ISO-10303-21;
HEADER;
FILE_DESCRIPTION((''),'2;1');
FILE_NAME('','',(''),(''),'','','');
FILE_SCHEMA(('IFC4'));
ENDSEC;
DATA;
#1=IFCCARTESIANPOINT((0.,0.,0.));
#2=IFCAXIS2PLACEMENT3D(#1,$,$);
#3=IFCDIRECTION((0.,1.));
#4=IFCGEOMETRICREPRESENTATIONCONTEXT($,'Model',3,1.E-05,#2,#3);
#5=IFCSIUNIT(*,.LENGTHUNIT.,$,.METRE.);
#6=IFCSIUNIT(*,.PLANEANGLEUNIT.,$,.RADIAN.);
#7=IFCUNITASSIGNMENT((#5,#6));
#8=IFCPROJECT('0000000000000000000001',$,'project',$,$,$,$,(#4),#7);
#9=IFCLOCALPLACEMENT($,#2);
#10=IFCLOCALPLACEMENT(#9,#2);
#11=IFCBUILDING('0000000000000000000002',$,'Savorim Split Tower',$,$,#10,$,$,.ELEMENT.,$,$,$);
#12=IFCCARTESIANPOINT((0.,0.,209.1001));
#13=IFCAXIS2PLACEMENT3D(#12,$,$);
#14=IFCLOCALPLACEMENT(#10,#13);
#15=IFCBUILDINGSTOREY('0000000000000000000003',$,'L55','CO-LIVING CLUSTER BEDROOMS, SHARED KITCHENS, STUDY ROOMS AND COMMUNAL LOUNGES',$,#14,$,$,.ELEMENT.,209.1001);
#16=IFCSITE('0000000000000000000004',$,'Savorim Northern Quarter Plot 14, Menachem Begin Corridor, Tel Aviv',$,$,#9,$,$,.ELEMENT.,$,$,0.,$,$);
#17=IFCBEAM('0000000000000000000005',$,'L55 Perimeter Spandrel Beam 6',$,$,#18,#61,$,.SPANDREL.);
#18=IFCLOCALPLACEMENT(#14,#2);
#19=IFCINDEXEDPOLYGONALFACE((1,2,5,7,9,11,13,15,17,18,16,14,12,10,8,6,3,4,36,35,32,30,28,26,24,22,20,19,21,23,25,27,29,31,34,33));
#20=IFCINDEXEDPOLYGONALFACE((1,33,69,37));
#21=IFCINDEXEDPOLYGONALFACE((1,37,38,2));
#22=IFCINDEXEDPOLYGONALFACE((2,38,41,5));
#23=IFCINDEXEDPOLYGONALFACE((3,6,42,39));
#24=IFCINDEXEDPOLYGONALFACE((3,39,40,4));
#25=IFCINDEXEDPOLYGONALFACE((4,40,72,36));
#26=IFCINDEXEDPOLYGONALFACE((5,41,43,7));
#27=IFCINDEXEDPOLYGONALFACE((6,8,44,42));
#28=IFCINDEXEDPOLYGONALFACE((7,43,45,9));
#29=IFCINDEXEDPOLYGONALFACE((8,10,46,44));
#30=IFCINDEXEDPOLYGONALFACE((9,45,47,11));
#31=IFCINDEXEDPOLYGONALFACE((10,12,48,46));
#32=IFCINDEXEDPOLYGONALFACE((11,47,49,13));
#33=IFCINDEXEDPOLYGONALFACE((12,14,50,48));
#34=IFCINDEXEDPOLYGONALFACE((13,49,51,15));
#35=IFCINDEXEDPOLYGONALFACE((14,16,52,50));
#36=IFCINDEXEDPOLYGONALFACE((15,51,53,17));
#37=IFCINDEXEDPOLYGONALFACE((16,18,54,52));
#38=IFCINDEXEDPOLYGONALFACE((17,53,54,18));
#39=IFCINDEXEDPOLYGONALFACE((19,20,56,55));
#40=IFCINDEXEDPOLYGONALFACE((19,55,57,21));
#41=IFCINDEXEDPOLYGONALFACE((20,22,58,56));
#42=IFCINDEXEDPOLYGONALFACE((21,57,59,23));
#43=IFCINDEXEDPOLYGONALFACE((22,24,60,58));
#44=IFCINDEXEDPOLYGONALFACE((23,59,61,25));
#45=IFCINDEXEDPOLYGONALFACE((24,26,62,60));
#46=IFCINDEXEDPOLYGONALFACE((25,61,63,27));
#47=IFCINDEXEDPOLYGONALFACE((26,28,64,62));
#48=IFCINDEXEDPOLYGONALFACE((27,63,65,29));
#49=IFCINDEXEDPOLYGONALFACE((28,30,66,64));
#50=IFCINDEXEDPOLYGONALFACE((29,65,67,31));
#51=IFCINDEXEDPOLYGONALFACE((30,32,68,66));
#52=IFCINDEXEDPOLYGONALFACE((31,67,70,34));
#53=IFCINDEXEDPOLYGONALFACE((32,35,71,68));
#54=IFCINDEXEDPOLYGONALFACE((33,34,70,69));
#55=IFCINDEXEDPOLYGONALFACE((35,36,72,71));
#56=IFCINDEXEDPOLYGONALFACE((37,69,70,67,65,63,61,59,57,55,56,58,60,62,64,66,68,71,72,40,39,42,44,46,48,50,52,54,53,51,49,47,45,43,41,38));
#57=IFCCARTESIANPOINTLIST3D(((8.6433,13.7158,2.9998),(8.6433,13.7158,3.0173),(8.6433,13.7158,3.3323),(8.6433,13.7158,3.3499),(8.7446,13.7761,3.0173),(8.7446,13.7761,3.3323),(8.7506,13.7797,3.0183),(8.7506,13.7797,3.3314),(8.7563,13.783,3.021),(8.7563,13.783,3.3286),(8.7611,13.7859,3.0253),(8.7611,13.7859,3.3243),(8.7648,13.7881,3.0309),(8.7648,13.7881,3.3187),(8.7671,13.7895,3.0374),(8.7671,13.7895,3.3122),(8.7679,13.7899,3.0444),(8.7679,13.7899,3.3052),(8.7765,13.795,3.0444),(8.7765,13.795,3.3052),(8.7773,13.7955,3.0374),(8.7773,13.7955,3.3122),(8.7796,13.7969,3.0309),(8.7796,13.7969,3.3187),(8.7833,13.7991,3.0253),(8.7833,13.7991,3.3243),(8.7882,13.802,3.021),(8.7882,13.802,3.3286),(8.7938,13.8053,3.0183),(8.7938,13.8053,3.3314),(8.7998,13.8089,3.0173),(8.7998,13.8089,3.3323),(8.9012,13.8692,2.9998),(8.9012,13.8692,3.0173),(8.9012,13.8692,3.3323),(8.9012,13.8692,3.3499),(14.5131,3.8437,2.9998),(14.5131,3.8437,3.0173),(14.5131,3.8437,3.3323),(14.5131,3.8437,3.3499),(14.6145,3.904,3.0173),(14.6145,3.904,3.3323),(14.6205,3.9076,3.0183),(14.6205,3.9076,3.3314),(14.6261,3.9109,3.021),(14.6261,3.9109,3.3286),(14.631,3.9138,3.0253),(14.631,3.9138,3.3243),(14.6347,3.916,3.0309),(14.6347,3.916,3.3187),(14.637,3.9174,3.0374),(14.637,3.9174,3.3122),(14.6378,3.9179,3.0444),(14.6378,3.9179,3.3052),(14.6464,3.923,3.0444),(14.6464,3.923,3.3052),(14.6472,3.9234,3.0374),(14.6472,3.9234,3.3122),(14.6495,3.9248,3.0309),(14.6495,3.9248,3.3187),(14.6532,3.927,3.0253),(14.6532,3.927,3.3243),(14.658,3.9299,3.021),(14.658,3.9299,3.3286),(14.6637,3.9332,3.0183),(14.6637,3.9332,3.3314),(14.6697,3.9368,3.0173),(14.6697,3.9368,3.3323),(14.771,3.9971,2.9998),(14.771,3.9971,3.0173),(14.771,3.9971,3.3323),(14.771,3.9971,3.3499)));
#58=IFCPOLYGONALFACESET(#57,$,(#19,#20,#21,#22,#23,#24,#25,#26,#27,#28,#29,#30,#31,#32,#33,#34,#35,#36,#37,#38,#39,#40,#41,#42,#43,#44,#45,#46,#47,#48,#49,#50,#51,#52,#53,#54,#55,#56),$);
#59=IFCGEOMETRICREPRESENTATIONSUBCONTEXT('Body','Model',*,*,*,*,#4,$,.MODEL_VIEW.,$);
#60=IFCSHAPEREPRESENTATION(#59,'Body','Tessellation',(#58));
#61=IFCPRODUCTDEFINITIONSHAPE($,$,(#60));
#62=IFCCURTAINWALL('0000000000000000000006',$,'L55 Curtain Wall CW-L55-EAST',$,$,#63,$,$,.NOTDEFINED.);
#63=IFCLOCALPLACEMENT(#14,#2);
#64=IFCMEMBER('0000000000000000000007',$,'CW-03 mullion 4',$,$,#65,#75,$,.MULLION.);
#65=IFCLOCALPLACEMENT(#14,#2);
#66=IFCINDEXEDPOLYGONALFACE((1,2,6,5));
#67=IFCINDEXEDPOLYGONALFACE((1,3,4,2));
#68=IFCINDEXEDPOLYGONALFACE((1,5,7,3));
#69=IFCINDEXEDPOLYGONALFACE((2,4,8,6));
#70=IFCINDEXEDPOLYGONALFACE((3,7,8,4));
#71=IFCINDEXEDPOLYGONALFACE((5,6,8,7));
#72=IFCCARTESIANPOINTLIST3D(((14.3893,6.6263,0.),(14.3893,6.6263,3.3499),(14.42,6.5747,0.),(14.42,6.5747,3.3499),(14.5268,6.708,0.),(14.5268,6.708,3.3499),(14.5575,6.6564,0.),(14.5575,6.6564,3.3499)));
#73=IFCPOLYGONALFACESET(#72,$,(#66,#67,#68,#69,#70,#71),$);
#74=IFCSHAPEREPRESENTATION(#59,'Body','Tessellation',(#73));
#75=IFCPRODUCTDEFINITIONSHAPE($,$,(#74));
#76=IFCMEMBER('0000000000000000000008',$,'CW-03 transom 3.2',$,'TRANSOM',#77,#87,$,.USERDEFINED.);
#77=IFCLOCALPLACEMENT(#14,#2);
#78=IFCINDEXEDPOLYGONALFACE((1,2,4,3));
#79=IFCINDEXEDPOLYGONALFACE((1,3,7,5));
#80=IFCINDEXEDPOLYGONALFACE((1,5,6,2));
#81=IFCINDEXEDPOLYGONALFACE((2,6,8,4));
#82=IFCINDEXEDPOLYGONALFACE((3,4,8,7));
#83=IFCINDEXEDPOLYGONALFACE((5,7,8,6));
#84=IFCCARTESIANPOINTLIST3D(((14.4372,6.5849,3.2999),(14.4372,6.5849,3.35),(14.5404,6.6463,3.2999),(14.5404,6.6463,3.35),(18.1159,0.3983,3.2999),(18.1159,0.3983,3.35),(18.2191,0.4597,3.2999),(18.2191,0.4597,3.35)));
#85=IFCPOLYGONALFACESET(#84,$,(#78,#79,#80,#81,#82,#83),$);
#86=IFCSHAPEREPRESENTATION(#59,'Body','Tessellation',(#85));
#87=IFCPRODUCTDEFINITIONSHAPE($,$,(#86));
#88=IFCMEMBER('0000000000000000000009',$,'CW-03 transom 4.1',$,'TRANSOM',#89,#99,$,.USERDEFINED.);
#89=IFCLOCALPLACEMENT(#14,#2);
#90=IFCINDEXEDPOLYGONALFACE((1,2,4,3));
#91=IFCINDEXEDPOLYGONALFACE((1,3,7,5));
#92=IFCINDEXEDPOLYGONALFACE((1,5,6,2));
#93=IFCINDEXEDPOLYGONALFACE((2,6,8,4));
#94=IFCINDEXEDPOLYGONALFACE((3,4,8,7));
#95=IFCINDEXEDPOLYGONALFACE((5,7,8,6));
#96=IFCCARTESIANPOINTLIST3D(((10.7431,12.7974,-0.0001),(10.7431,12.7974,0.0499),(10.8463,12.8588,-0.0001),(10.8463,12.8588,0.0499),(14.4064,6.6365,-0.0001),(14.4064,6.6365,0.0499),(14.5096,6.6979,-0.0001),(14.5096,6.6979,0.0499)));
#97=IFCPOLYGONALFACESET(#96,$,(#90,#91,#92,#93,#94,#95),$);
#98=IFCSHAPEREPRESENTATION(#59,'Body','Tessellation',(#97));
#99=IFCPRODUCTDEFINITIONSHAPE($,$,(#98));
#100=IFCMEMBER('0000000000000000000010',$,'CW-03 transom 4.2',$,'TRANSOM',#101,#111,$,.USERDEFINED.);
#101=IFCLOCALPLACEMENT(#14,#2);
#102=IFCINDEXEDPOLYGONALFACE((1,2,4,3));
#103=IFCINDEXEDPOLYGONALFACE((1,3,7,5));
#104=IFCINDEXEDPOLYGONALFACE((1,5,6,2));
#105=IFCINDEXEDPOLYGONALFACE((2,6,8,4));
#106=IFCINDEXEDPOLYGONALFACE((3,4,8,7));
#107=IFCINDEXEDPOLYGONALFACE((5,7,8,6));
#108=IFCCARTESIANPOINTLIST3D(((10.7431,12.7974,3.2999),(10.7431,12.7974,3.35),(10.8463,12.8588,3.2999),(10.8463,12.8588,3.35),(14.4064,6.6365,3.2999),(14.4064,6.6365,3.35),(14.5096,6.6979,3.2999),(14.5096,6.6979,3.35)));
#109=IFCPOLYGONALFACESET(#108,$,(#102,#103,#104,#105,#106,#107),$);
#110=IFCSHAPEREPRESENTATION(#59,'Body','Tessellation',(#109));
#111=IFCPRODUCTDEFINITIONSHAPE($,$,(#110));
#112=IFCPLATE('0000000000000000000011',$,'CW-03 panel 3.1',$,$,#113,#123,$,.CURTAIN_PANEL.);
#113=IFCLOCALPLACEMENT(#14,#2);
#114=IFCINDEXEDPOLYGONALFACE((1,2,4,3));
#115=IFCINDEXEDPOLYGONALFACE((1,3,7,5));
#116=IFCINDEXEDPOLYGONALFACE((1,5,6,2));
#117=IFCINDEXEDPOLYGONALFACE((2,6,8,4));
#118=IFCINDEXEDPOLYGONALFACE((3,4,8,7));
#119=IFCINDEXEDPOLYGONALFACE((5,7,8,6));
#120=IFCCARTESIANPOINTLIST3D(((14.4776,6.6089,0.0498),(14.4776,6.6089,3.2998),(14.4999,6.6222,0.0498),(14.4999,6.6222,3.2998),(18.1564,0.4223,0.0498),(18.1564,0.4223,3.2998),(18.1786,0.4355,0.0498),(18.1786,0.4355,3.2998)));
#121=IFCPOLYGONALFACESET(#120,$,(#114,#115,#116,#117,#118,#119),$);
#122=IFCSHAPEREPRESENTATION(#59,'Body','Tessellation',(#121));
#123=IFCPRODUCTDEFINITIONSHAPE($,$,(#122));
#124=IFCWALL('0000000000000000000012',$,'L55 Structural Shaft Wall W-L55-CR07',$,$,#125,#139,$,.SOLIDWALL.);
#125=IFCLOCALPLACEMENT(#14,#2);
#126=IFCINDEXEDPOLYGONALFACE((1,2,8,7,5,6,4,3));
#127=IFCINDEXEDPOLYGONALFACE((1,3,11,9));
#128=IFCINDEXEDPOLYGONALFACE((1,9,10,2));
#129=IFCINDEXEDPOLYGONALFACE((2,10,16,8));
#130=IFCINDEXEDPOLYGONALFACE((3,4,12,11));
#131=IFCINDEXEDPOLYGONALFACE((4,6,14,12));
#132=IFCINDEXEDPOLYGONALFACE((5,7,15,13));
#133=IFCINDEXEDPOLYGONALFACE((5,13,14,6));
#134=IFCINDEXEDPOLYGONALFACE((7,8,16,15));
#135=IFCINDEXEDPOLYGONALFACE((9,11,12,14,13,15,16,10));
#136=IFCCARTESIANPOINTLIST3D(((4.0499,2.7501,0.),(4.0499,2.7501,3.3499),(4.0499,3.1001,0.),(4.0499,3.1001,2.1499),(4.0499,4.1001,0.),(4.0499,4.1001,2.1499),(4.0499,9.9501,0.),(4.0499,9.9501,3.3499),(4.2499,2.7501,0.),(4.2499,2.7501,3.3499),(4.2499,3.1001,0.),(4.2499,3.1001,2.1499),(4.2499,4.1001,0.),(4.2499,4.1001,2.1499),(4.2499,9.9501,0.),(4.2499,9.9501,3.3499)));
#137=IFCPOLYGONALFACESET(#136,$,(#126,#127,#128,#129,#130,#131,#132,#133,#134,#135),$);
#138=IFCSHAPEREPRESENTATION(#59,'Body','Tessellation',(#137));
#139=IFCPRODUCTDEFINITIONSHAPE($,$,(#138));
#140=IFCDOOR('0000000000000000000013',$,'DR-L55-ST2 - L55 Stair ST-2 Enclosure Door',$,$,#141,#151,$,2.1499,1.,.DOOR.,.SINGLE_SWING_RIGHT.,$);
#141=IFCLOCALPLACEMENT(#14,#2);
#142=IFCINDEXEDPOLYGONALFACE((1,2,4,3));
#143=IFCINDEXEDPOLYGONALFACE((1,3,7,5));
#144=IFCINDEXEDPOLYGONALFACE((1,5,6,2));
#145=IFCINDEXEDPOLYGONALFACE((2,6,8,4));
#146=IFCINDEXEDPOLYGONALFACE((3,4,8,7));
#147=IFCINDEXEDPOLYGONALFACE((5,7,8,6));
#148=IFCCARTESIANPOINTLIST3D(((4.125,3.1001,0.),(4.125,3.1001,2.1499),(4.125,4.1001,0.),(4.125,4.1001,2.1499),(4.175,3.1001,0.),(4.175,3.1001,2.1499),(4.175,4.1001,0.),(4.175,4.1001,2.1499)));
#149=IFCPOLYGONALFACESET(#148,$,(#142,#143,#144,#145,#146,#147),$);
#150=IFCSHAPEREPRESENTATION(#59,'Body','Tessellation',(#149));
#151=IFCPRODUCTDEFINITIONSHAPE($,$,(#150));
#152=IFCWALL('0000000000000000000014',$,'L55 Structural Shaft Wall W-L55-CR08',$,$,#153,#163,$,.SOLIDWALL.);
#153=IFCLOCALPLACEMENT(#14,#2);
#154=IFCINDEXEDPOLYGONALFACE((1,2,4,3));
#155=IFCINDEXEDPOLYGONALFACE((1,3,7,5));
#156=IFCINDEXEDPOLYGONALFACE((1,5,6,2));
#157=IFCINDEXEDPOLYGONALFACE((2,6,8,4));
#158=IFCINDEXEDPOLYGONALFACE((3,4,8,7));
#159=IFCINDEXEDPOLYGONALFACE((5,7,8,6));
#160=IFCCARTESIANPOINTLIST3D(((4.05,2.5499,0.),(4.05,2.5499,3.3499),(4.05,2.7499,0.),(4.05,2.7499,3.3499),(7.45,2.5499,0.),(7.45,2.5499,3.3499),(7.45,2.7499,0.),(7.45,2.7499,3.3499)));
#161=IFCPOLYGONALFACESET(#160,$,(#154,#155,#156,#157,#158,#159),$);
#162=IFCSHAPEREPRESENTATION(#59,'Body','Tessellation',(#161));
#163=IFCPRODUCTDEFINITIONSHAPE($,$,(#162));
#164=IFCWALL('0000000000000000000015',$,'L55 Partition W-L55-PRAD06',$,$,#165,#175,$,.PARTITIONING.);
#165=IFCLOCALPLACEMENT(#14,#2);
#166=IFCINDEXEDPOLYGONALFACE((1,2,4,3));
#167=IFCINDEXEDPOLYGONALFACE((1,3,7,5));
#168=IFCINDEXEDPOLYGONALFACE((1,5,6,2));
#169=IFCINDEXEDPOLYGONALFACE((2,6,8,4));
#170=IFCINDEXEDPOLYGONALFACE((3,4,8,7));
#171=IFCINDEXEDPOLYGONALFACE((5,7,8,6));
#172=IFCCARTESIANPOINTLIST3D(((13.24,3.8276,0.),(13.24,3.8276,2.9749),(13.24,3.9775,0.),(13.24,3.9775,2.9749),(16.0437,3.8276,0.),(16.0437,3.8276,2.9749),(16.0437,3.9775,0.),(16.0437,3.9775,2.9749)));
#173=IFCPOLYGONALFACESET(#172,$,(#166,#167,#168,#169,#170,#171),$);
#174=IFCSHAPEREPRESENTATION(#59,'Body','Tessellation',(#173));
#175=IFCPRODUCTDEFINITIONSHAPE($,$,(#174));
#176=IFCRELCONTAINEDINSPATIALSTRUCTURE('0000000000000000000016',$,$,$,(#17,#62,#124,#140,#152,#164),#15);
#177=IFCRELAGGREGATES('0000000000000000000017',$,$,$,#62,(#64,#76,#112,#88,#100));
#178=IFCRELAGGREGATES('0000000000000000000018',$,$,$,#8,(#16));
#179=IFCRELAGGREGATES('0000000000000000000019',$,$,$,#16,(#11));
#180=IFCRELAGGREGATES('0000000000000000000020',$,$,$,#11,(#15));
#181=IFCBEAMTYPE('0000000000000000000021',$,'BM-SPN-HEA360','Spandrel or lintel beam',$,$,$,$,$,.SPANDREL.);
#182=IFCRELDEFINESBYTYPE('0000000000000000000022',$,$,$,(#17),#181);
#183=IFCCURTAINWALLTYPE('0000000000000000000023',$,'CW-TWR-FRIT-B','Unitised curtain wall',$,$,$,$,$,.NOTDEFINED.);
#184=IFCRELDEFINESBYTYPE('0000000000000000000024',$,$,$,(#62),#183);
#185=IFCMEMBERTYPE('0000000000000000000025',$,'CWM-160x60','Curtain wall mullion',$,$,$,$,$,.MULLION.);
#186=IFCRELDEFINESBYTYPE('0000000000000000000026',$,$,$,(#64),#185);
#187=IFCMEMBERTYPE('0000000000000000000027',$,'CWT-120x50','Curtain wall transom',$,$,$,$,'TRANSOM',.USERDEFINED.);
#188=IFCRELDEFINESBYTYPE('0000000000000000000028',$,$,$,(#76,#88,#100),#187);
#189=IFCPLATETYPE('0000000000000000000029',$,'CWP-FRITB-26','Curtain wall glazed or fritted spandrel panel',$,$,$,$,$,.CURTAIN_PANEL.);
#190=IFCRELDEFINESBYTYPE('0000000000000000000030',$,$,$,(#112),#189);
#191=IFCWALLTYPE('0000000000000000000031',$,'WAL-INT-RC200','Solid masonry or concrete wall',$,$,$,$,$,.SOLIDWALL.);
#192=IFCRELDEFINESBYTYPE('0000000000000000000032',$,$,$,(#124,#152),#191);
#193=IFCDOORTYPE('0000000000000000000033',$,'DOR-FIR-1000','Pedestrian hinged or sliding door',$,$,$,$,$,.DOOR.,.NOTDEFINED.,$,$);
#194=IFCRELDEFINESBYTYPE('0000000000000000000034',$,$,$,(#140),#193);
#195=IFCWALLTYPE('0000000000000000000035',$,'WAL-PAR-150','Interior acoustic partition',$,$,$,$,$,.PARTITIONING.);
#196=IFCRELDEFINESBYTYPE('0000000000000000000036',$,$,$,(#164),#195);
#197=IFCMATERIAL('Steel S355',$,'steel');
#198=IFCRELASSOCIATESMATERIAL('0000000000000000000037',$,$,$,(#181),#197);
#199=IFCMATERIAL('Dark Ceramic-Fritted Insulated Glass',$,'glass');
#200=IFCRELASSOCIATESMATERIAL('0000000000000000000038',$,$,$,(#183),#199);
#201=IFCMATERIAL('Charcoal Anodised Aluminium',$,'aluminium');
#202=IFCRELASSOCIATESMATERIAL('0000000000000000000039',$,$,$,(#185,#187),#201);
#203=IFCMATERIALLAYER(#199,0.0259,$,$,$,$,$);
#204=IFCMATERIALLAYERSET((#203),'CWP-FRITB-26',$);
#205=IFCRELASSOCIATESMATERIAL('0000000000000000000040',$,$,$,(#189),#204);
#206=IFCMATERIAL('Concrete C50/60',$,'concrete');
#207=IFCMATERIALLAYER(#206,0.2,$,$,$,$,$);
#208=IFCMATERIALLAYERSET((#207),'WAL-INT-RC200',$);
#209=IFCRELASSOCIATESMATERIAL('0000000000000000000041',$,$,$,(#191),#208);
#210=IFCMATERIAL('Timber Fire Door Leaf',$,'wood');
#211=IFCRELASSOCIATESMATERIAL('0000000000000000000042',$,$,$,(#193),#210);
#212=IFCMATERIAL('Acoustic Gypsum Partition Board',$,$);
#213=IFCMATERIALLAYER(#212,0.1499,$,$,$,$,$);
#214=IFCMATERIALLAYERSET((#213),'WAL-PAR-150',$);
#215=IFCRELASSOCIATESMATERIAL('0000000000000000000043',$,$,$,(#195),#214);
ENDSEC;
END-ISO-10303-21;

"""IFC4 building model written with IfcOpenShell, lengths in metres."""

from ifc_helpers import new_model, si_unit, direction, frame, frame_2d, origin, origin_2d, place, context, subcontext, project, spatial, rectangle, i_section, extrude, material, layer, layer_set, material_profile, profile_set, type_object, element, fill, aggregate, save


model = new_model("IFC4")

# Units and contexts
model_context = context("Model", 3, precision=1e-05, world=origin(), true_north=direction((0.0, 1.0)))
body_context = subcontext(model_context, "Body", "Model", "MODEL_VIEW")
ifc_project = project(units=[si_unit("LENGTHUNIT", "METRE"), si_unit("PLANEANGLEUNIT", "RADIAN")], contexts=[model_context])

# Site, building, storey
site_placement = place(None, origin())
site = spatial("IfcSite", under=ifc_project, at=site_placement, Name="Savorim Northern Quarter Plot 14, Menachem Begin Corridor, Tel Aviv", CompositionType="ELEMENT", RefElevation=0.0)
building_placement = place(site_placement, origin())
building = spatial("IfcBuilding", under=site, at=building_placement, Name="Savorim Split Tower", CompositionType="ELEMENT")
storey_placement = place(building_placement, frame((0.0, 0.0, 209.1001)))
storey = spatial("IfcBuildingStorey", under=building, at=storey_placement, Name="L55", Description="CO-LIVING CLUSTER BEDROOMS, SHARED KITCHENS, STUDY ROOMS AND COMMUNAL LOUNGES", CompositionType="ELEMENT", Elevation=209.1001)

# Shared definitions
ifc_material_1 = material(Name="Steel S355", Category="steel")

# Beam
ifc_material_profile_1 = material_profile(ifc_material_1, i_section(OverallWidth=0.3, OverallDepth=0.3501, WebThickness=0.01, FlangeThickness=0.0176, FilletRadius=0.0271, at=origin_2d()), Name="HEA 360")
ifc_profile_set_1 = profile_set([ifc_material_profile_1], Name="Steel S355")
beam_type_1 = type_object("IfcBeamType", Name="BM-SPN-HEA360", Description="Spandrel or lintel beam", PredefinedType="SPANDREL", material=ifc_profile_set_1)
beam_1_placement = place(storey_placement, frame((14.6421, 3.9204, 3.1748), z_axis=(-0.511075, 0.859536, 0.0), x_axis=(-0.859536, -0.511075, 0.0)))
element("IfcBeam", 1, at=beam_1_placement, inside=storey, type_object=beam_type_1, Name="L55 Perimeter Spandrel Beam 6", PredefinedType="SPANDREL", context=body_context, shape_type="SweptSolid", body=[
    extrude(i_section(OverallWidth=0.3, OverallDepth=0.3501, WebThickness=0.01, FlangeThickness=0.0176, FilletRadius=0.0271, at=origin_2d()), origin(), (0.0, 0.0, 1.0), 11.4854),
])

# Curtain wall, members, plate
ifc_material_2 = material(Name="Dark Ceramic-Fritted Insulated Glass", Category="glass")
curtain_wall_type = type_object("IfcCurtainWallType", Name="CW-TWR-FRIT-B", Description="Unitised curtain wall", PredefinedType="NOTDEFINED", material=ifc_material_2)
curtain_wall_placement = place(storey_placement, origin())
curtain_wall = element("IfcCurtainWall", 2, at=curtain_wall_placement, inside=storey, type_object=curtain_wall_type, Name="L55 Curtain Wall CW-L55-EAST", PredefinedType="NOTDEFINED")
ifc_material_3 = material(Name="Charcoal Anodised Aluminium", Category="aluminium")
ifc_material_profile_2 = material_profile(ifc_material_3, rectangle(XDim=0.1599, YDim=0.0601, at=origin_2d()), Name="ALU-M 160x60")
ifc_profile_set_2 = profile_set([ifc_material_profile_2], Name="Charcoal Anodised Aluminium")
member_type_1 = type_object("IfcMemberType", Name="CWM-160x60", Description="Curtain wall mullion", PredefinedType="MULLION", material=ifc_profile_set_2)
member_1_placement = place(storey_placement, frame((14.4734, 6.6414, 0.0), z_axis=(0.0, 0.0, 1.0), x_axis=(-0.859526, -0.511092, 0.0)))
member_1 = element("IfcMember", 3, at=member_1_placement, type_object=member_type_1, Name="CW-03 mullion 4", PredefinedType="MULLION", context=body_context, shape_type="SweptSolid", body=[
    extrude(rectangle(XDim=0.1599, YDim=0.0601, at=origin_2d()), origin(), (0.0, 0.0, 1.0), 3.3499),
])
ifc_material_profile_3 = material_profile(ifc_material_3, rectangle(XDim=0.1201, YDim=0.05, at=origin_2d()), Name="ALU-T 120x50")
ifc_profile_set_3 = profile_set([ifc_material_profile_3], Name="Charcoal Anodised Aluminium")
member_type_2 = type_object("IfcMemberType", Name="CWT-120x50", Description="Curtain wall transom", ElementType="TRANSOM", PredefinedType="USERDEFINED", material=ifc_profile_set_3)
member_2_placement = place(storey_placement, frame((18.1675, 0.429, 3.325), z_axis=(-0.511085, 0.85953, 0.0), x_axis=(-0.85953, -0.511085, 0.0)))
member_2 = element("IfcMember", 4, at=member_2_placement, type_object=member_type_2, Name="CW-03 transom 3.2", ObjectType="TRANSOM", PredefinedType="USERDEFINED", context=body_context, shape_type="SweptSolid", body=[
    extrude(rectangle(XDim=0.1201, YDim=0.05, at=origin_2d()), origin(), (0.0, 0.0, 1.0), 7.1978),
])
member_3_placement = place(storey_placement, frame((14.458, 6.6672, 0.0249), z_axis=(-0.511086, 0.85953, 0.0), x_axis=(-0.85953, -0.511086, 0.0)))
member_3 = element("IfcMember", 5, at=member_3_placement, type_object=member_type_2, Name="CW-03 transom 4.1", ObjectType="TRANSOM", PredefinedType="USERDEFINED", context=body_context, shape_type="SweptSolid", body=[
    extrude(rectangle(XDim=0.1201, YDim=0.05, at=origin_2d()), origin(), (0.0, 0.0, 1.0), 7.1677),
])
member_4_placement = place(storey_placement, frame((14.458, 6.6672, 3.325), z_axis=(-0.511086, 0.85953, 0.0), x_axis=(-0.85953, -0.511086, 0.0)))
member_4 = element("IfcMember", 6, at=member_4_placement, type_object=member_type_2, Name="CW-03 transom 4.2", ObjectType="TRANSOM", PredefinedType="USERDEFINED", context=body_context, shape_type="SweptSolid", body=[
    extrude(rectangle(XDim=0.1201, YDim=0.05, at=origin_2d()), origin(), (0.0, 0.0, 1.0), 7.1677),
])
ifc_layer_1 = layer(ifc_material_2, 0.0259)
ifc_layer_set_1 = layer_set([ifc_layer_1], Name="CWP-FRITB-26")
plate_type = type_object("IfcPlateType", Name="CWP-FRITB-26", Description="Curtain wall glazed or fritted spandrel panel", PredefinedType="CURTAIN_PANEL", material=ifc_layer_set_1)
plate_placement = place(storey_placement, frame((16.3281, 3.5222, 0.0498), z_axis=(0.0, 0.0, 1.0), x_axis=(-0.511092, 0.859526, 0.0)))
plate = element("IfcPlate", 7, at=plate_placement, type_object=plate_type, Name="CW-03 panel 3.1", PredefinedType="CURTAIN_PANEL", context=body_context, shape_type="SweptSolid", body=[
    extrude(rectangle(XDim=7.1978, YDim=0.0259, at=origin_2d()), origin(), (0.0, 0.0, 1.0), 3.25),
])
aggregate(curtain_wall, [member_1, member_2, plate, member_3, member_4])

# Wall, opening, door
ifc_material_4 = material(Name="Concrete C50/60", Category="concrete")
ifc_layer_2 = layer(ifc_material_4, 0.2)
ifc_layer_set_2 = layer_set([ifc_layer_2], Name="WAL-INT-RC200")
wall_type_1 = type_object("IfcWallType", Name="WAL-INT-RC200", Description="Solid masonry or concrete wall", PredefinedType="SOLIDWALL", material=ifc_layer_set_2)
wall_1_placement = place(storey_placement, frame((4.1499, 2.75, 0.0), z_axis=(0.0, 0.0, 1.0), x_axis=(0.0, 1.0, 0.0)))
wall_1 = element("IfcWall", 8, at=wall_1_placement, inside=storey, type_object=wall_type_1, Name="L55 Structural Shaft Wall W-L55-CR07", PredefinedType="SOLIDWALL", context=body_context, shape_type="SweptSolid", body=[
    extrude(rectangle(XDim=7.2, YDim=0.2, at=frame_2d((3.6001, 0.0))), origin(), (0.0, 0.0, 1.0), 3.3499),
])
opening_1_placement = place(wall_1_placement, frame((0.3501, 0.0, 0.0)))
opening_1 = element("IfcOpeningElement", 9, at=opening_1_placement, cuts=wall_1, PredefinedType="OPENING", context=body_context, shape_type="SweptSolid", body=[
    extrude(rectangle(XDim=1.0, YDim=2.1499, at=frame_2d((0.5, 1.075))), frame((0.0, 0.1099, 0.0), z_axis=(0.0, -1.0, 0.0), x_axis=(1.0, 0.0, 0.0)), (0.0, 0.0, 1.0), 0.22),
])
ifc_material_5 = material(Name="Timber Fire Door Leaf", Category="wood")
door_type_1 = type_object("IfcDoorType", Name="DOR-FIR-1000", Description="Pedestrian hinged or sliding door", OperationType="NOTDEFINED", PredefinedType="DOOR", material=ifc_material_5)
door_1_placement = place(opening_1_placement, origin())
door_1 = element("IfcDoor", 10, at=door_1_placement, inside=storey, type_object=door_type_1, Name="DR-L55-ST2 - L55 Stair ST-2 Enclosure Door", OperationType="SINGLE_SWING_RIGHT", OverallHeight=2.1499, OverallWidth=1.0, PredefinedType="DOOR", context=body_context, shape_type="SweptSolid", body=[
    extrude(rectangle(XDim=1.0, YDim=2.1499, at=frame_2d((0.5, 1.075))), frame((0.0, 0.0249, 0.0), z_axis=(0.0, -1.0, 0.0), x_axis=(1.0, 0.0, 0.0)), (0.0, 0.0, 1.0), 0.05),
])
fill(opening_1, door_1)

# Wall
wall_2_placement = place(storey_placement, frame((4.05, 2.6499, 0.0), z_axis=(0.0, 0.0, 1.0), x_axis=(1.0, 0.0, 0.0)))
element("IfcWall", 11, at=wall_2_placement, inside=storey, type_object=wall_type_1, Name="L55 Structural Shaft Wall W-L55-CR08", PredefinedType="SOLIDWALL", context=body_context, shape_type="SweptSolid", body=[
    extrude(rectangle(XDim=3.3999, YDim=0.2, at=frame_2d((1.7, 0.0))), origin(), (0.0, 0.0, 1.0), 3.3499),
])

# Wall
ifc_material_6 = material(Name="Acoustic Gypsum Partition Board")
ifc_layer_3 = layer(ifc_material_6, 0.1499)
ifc_layer_set_3 = layer_set([ifc_layer_3], Name="WAL-PAR-150")
wall_type_2 = type_object("IfcWallType", Name="WAL-PAR-150", Description="Interior acoustic partition", PredefinedType="PARTITIONING", material=ifc_layer_set_3)
wall_3_placement = place(storey_placement, frame((13.24, 3.9026, 0.0), z_axis=(0.0, 0.0, 1.0), x_axis=(1.0, 0.0, 0.0)))
element("IfcWall", 12, at=wall_3_placement, inside=storey, type_object=wall_type_2, Name="L55 Partition W-L55-PRAD06", PredefinedType="PARTITIONING", context=body_context, shape_type="SweptSolid", body=[
    extrude(rectangle(XDim=2.8037, YDim=0.1499, at=frame_2d((1.4019, 0.0))), origin(), (0.0, 0.0, 1.0), 2.9749),
])

save(model, "model.ifc")
